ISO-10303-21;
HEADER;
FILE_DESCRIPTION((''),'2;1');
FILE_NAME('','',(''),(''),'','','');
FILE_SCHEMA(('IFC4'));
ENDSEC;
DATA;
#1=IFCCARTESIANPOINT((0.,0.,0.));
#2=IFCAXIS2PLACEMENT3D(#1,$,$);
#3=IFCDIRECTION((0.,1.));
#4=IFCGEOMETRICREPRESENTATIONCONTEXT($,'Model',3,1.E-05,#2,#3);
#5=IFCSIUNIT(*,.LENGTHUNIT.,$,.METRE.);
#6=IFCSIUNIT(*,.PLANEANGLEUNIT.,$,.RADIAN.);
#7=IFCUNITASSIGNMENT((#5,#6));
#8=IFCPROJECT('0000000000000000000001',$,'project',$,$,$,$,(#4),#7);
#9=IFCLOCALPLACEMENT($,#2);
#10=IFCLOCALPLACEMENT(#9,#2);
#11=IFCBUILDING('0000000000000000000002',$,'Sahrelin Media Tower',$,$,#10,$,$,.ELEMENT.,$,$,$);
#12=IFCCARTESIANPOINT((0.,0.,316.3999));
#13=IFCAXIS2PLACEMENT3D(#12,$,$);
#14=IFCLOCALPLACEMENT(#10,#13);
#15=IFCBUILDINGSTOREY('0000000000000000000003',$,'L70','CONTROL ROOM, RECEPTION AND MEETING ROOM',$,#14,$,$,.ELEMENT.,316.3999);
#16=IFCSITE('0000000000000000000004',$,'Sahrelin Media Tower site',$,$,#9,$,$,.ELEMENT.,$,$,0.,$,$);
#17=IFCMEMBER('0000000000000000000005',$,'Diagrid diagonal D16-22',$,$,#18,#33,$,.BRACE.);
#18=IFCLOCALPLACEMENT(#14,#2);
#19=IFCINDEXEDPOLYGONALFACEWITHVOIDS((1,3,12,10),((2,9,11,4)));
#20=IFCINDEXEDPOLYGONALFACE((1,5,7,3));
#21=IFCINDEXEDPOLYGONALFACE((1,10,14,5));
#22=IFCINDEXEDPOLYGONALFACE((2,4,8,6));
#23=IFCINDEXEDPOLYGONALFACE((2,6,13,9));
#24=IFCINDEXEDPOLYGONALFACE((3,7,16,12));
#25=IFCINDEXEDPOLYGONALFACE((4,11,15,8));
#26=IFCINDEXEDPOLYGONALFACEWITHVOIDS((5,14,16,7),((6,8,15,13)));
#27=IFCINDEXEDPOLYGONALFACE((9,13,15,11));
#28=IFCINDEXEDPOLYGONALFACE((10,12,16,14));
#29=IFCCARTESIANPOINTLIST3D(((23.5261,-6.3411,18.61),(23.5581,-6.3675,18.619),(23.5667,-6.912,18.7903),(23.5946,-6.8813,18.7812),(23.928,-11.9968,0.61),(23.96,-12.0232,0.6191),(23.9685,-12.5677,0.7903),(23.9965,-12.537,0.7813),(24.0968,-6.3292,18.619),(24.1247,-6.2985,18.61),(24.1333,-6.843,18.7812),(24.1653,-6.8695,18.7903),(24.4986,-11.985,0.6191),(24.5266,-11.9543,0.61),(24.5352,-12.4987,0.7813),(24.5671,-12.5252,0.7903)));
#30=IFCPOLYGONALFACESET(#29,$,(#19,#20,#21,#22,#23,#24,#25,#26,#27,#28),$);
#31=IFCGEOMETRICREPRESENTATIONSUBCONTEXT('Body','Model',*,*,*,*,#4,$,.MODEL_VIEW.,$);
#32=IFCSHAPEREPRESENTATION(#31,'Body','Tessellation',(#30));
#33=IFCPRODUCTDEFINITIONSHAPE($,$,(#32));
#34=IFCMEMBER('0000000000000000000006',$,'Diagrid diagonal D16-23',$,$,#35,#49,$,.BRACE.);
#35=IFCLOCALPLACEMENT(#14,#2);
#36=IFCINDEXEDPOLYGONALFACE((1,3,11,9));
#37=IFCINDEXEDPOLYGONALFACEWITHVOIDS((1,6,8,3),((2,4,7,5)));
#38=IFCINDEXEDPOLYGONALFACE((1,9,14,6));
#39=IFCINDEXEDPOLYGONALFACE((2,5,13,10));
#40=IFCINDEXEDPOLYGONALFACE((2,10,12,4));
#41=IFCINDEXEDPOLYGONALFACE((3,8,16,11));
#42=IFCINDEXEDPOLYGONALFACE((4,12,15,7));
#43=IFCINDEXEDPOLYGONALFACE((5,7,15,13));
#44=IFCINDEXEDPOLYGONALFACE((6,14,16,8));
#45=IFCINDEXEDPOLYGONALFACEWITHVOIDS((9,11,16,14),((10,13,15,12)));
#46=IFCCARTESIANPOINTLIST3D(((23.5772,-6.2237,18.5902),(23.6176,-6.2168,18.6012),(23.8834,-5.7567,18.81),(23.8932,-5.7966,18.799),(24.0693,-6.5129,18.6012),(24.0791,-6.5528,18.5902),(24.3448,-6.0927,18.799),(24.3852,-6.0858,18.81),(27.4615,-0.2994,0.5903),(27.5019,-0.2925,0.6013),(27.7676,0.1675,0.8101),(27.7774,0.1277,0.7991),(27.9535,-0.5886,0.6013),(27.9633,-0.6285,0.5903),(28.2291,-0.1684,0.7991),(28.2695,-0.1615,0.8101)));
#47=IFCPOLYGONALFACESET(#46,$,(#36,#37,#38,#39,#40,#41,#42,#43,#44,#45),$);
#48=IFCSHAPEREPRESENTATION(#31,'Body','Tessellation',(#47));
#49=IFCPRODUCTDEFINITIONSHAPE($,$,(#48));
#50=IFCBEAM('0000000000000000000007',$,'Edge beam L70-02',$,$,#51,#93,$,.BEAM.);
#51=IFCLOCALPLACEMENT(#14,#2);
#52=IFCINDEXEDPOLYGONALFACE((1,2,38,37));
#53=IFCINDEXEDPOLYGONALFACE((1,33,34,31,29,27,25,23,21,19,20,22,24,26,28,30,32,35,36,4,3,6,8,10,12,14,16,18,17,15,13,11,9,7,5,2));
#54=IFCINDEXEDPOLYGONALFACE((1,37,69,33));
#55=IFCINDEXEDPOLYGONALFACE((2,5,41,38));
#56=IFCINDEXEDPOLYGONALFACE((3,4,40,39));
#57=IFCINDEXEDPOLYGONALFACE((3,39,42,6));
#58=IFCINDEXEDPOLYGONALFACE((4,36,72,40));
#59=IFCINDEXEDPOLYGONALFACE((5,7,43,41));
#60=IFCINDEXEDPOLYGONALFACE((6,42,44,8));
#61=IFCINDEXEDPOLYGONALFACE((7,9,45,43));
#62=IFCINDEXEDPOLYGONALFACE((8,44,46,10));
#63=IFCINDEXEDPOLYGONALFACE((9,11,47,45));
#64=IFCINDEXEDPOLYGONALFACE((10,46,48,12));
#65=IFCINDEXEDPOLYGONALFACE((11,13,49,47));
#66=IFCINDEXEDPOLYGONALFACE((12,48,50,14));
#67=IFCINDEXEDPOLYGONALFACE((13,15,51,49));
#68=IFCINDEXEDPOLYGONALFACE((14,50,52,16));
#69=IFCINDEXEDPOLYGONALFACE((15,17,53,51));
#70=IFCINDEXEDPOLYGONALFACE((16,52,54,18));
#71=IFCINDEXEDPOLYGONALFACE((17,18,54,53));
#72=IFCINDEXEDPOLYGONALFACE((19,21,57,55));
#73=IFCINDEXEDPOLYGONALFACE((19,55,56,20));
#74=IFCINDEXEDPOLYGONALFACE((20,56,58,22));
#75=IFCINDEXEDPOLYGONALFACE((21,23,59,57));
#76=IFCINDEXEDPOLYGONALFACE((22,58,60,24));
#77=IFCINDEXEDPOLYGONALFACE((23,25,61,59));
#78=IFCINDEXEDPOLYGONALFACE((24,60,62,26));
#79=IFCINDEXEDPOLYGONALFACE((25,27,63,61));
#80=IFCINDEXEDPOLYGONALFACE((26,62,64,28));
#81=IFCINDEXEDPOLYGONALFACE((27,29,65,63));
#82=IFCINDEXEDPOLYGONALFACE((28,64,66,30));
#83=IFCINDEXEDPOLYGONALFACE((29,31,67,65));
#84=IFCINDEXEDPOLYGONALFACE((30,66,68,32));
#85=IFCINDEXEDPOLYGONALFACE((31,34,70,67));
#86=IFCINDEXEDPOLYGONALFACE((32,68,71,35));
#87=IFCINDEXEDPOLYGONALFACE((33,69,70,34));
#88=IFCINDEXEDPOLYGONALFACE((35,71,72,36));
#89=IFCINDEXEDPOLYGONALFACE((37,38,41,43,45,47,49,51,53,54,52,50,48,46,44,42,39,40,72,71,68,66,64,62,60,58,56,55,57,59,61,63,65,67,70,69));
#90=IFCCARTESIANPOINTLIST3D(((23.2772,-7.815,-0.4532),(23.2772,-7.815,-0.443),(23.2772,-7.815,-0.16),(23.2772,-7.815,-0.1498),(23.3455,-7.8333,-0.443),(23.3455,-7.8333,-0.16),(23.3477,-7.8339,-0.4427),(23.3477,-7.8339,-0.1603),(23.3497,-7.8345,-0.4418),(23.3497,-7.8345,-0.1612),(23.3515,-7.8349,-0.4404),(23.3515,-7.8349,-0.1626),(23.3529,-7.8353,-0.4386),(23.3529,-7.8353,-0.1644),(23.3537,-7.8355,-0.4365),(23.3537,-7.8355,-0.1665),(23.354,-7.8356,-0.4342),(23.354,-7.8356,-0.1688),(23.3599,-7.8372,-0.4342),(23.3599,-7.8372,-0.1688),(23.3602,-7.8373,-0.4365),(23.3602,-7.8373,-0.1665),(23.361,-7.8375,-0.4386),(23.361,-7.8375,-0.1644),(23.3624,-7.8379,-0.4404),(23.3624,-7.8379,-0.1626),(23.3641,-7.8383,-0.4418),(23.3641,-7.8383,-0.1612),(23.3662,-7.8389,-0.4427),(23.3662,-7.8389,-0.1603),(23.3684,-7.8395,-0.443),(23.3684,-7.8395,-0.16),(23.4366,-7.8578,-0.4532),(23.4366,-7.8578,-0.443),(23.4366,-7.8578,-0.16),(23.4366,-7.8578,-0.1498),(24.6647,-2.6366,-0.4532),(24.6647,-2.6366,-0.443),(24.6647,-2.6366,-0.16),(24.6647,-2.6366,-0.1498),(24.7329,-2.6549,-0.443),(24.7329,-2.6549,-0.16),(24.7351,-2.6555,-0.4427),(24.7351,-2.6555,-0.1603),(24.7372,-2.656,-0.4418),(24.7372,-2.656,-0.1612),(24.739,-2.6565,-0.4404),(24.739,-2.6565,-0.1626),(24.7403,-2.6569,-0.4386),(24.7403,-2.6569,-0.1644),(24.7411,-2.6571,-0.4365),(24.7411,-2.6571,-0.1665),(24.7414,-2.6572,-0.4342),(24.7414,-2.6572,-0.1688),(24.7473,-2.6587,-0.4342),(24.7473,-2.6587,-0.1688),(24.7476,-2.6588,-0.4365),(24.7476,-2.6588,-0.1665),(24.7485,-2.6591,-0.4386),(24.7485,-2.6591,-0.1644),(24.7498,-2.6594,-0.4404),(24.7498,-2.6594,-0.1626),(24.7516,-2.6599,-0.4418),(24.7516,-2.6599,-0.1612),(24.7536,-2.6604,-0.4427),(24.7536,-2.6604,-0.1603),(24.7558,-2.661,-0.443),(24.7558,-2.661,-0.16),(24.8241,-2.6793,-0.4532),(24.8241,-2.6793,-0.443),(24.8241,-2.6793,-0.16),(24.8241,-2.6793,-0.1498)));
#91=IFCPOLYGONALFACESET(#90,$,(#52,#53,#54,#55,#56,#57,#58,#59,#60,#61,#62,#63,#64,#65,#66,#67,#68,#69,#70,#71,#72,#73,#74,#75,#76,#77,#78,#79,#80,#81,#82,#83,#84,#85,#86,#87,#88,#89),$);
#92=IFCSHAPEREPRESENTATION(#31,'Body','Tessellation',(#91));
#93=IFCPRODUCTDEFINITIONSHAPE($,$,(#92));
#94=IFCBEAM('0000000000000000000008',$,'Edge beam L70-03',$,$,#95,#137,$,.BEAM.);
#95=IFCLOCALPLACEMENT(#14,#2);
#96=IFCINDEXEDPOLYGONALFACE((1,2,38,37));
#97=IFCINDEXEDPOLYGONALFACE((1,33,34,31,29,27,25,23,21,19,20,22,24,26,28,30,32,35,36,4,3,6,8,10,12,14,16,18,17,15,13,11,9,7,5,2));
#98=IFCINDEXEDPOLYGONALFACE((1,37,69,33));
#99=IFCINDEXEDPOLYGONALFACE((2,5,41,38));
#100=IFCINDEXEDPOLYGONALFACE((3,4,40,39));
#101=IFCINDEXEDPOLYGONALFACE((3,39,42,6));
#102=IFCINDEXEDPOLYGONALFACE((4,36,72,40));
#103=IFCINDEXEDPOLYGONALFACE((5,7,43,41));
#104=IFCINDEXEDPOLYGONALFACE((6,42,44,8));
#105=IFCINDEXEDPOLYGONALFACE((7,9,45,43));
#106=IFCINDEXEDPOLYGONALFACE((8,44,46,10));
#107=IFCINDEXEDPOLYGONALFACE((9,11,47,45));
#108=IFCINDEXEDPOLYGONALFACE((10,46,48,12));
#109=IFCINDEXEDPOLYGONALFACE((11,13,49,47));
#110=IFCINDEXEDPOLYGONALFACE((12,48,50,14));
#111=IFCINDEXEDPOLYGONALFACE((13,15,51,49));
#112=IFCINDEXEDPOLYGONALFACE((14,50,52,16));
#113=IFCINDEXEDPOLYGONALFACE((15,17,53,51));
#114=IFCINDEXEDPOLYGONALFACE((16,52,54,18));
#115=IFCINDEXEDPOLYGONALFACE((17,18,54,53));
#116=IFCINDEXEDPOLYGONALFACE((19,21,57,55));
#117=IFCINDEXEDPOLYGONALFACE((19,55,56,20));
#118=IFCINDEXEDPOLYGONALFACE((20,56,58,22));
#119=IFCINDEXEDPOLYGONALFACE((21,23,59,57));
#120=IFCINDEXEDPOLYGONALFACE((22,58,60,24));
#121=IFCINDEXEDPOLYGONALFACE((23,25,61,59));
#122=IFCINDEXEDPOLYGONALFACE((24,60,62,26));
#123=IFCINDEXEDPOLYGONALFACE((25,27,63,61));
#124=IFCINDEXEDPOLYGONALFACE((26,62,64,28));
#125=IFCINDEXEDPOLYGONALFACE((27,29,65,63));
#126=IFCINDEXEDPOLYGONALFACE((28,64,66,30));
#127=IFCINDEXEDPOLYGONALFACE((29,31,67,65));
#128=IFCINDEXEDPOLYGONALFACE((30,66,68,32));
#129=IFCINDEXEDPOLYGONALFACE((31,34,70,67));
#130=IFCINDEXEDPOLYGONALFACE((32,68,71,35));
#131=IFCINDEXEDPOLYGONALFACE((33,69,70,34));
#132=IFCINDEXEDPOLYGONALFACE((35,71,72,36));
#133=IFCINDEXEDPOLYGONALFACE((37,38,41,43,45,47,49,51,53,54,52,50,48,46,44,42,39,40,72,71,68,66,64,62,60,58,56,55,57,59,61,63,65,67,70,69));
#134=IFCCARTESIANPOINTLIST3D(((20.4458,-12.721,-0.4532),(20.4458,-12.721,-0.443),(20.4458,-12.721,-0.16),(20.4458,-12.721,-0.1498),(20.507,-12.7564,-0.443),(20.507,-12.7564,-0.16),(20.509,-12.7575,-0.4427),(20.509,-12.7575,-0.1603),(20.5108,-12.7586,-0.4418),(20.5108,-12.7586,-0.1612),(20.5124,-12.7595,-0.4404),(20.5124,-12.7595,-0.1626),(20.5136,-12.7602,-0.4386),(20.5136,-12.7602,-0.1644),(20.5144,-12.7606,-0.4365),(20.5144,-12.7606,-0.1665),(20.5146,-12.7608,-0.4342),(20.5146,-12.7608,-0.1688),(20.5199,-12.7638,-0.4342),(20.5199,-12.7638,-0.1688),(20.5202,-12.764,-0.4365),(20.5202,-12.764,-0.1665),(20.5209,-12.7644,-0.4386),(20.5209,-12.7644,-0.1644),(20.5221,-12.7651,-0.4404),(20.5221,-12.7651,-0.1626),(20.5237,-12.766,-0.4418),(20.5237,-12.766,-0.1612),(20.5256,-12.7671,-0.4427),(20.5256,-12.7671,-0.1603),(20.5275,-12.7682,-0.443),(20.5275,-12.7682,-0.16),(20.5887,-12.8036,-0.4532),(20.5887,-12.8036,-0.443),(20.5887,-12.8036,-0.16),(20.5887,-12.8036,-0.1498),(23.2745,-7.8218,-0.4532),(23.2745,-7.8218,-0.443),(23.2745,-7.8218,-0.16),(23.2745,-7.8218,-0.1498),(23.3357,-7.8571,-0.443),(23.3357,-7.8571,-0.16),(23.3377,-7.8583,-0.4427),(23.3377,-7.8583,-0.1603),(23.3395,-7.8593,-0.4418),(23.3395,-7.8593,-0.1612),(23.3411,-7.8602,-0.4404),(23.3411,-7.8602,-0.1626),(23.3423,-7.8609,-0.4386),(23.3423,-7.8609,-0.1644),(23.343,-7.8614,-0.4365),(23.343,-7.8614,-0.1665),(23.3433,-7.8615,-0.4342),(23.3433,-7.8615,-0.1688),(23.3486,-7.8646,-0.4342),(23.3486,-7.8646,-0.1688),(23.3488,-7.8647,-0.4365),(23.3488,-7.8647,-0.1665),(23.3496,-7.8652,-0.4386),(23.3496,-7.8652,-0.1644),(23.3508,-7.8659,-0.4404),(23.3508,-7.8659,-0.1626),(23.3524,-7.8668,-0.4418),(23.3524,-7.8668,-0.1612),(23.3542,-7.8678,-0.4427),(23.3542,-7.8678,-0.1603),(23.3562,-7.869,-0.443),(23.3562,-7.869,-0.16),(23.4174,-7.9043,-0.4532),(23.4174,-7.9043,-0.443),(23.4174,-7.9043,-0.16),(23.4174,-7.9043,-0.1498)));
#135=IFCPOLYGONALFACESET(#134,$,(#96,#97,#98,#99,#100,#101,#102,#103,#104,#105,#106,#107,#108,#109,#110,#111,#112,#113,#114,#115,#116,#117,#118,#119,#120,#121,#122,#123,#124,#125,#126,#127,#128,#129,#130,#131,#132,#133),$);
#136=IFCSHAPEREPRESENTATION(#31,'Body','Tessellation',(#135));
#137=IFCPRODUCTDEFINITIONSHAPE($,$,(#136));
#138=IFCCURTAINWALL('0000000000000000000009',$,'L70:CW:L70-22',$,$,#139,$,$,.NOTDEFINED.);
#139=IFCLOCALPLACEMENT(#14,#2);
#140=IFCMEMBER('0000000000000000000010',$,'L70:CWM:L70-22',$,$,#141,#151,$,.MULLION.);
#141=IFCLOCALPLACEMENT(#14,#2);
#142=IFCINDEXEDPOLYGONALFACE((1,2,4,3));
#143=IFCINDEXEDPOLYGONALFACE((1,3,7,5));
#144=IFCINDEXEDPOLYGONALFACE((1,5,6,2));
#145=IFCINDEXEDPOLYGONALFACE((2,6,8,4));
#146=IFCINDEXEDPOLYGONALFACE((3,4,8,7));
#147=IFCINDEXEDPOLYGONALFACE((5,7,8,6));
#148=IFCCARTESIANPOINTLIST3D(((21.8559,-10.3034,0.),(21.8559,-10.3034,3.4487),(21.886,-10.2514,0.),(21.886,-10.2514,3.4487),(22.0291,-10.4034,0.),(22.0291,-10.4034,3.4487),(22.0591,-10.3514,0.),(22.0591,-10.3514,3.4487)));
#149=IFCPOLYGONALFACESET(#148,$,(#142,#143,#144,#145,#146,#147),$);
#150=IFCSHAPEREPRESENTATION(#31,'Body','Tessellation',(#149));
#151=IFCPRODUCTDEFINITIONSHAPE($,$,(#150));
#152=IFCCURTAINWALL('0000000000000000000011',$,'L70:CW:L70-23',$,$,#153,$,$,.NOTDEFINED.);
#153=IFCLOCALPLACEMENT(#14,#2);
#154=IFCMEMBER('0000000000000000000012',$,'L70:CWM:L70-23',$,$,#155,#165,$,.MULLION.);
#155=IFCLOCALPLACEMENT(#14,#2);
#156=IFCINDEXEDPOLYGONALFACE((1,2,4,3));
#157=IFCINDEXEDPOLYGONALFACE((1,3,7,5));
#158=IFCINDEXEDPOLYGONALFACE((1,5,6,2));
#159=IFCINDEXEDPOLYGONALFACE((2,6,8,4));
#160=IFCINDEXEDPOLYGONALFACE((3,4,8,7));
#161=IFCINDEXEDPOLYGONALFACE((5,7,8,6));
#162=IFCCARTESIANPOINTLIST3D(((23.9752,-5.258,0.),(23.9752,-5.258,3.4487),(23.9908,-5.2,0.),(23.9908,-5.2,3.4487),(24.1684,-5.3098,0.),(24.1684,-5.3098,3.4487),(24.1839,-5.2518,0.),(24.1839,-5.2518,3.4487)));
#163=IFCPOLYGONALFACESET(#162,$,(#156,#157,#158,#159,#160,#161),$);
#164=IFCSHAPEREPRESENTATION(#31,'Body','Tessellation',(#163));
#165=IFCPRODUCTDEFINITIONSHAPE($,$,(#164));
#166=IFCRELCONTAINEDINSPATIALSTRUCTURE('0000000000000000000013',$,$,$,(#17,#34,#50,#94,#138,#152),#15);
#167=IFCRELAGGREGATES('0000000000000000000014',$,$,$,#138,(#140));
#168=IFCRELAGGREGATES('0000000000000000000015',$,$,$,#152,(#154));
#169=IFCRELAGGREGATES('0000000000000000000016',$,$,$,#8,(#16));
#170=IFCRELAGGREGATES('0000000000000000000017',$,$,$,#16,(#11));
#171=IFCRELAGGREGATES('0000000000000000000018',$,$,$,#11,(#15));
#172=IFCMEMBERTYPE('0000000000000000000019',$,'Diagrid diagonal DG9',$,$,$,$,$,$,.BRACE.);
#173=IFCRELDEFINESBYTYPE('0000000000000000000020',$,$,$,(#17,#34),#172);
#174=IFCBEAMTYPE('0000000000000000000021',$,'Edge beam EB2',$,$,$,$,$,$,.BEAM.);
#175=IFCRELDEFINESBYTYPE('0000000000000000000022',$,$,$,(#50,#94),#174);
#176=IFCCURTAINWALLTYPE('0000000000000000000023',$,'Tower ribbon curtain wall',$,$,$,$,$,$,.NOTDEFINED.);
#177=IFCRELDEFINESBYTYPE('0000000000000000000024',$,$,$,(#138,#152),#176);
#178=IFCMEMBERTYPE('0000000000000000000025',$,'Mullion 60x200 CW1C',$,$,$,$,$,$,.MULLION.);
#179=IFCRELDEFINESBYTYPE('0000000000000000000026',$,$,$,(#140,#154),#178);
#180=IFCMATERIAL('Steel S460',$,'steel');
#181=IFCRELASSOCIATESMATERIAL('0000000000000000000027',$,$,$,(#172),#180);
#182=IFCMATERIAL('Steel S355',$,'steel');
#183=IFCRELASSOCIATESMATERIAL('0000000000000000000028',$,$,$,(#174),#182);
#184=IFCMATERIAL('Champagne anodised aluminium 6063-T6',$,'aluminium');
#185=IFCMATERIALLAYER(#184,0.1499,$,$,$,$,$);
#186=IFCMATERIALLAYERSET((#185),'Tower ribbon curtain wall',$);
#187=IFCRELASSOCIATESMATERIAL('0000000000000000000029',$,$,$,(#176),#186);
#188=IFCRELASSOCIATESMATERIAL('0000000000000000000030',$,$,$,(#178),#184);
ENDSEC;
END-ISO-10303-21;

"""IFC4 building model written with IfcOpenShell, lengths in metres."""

from ifc_helpers import new_model, si_unit, direction, frame, origin, origin_2d, place, context, subcontext, project, spatial, rectangle, hollow_rectangle, i_section, extrude, material, layer, layer_set, material_profile, profile_set, type_object, element, aggregate, save


model = new_model("IFC4")

# Units and contexts
model_context = context("Model", 3, precision=1e-05, world=origin(), true_north=direction((0.0, 1.0)))
body_context = subcontext(model_context, "Body", "Model", "MODEL_VIEW")
ifc_project = project(units=[si_unit("LENGTHUNIT", "METRE"), si_unit("PLANEANGLEUNIT", "RADIAN")], contexts=[model_context])

# Site, building, storey
site_placement = place(None, origin())
site = spatial("IfcSite", under=ifc_project, at=site_placement, Name="Sahrelin Media Tower site", CompositionType="ELEMENT", RefElevation=0.0)
building_placement = place(site_placement, origin())
building = spatial("IfcBuilding", under=site, at=building_placement, Name="Sahrelin Media Tower", CompositionType="ELEMENT")
storey_placement = place(building_placement, frame((0.0, 0.0, 316.3999)))
storey = spatial("IfcBuildingStorey", under=building, at=storey_placement, Name="L70", Description="CONTROL ROOM, RECEPTION AND MEETING ROOM", CompositionType="ELEMENT", Elevation=316.3999)

# Members
ifc_material_1 = material(Name="Steel S460", Category="steel")
ifc_material_profile_1 = material_profile(ifc_material_1, hollow_rectangle(XDim=0.6001, YDim=0.6001, WallThickness=0.03, at=origin_2d()), Name="Diagrid diagonal DG9")
ifc_profile_set_1 = profile_set([ifc_material_profile_1], Name="Steel S460")
member_type_1 = type_object("IfcMemberType", Name="Diagrid diagonal DG9", PredefinedType="BRACE", material=ifc_profile_set_1)
member_1_placement = place(storey_placement, frame((24.2476, -12.261, 0.7002), z_axis=(-0.021294, 0.299692, 0.953798), x_axis=(-0.997485, -0.070874, 0.0)))
element("IfcMember", 1, at=member_1_placement, inside=storey, type_object=member_type_1, Name="Diagrid diagonal D16-22", PredefinedType="BRACE", context=body_context, shape_type="SweptSolid", body=[
    extrude(hollow_rectangle(XDim=0.6001, YDim=0.6001, WallThickness=0.03, at=origin_2d()), origin(), (0.0, 0.0, 1.0), 18.8718),
])
member_2_placement = place(storey_placement, frame((27.8655, -0.2305, 0.7002), z_axis=(-0.200802, -0.306263, 0.930528), x_axis=(0.836278, -0.548306, 0.0)))
element("IfcMember", 2, at=member_2_placement, inside=storey, type_object=member_type_1, Name="Diagrid diagonal D16-23", PredefinedType="BRACE", context=body_context, shape_type="SweptSolid", body=[
    extrude(hollow_rectangle(XDim=0.6001, YDim=0.6001, WallThickness=0.03, at=origin_2d()), origin(), (0.0, 0.0, 1.0), 19.3438),
])

# Beams
ifc_material_2 = material(Name="Steel S355", Category="steel")
ifc_material_profile_2 = material_profile(ifc_material_2, i_section(OverallWidth=0.165, OverallDepth=0.3035, WebThickness=0.0061, FlangeThickness=0.0103, FilletRadius=0.0088, at=origin_2d()), Name="UB 305x165x40")
ifc_profile_set_2 = profile_set([ifc_material_profile_2], Name="Steel S355")
beam_type_1 = type_object("IfcBeamType", Name="Edge beam EB2", PredefinedType="BEAM", material=ifc_profile_set_2)
beam_1_placement = place(storey_placement, frame((24.7444, -2.658, -0.3015), z_axis=(-0.258799, -0.965931, 0.0), x_axis=(0.965931, -0.258799, 0.0)))
element("IfcBeam", 3, at=beam_1_placement, inside=storey, type_object=beam_type_1, Name="Edge beam L70-02", PredefinedType="BEAM", context=body_context, shape_type="SweptSolid", body=[
    extrude(i_section(OverallWidth=0.165, OverallDepth=0.3035, WebThickness=0.0061, FlangeThickness=0.0103, FilletRadius=0.0088, at=origin_2d()), origin(), (0.0, 0.0, 1.0), 5.3611),
])
beam_2_placement = place(storey_placement, frame((23.3459, -7.863, -0.3015), z_axis=(-0.50001, -0.86602, 0.0), x_axis=(0.86602, -0.50001, 0.0)))
element("IfcBeam", 4, at=beam_2_placement, inside=storey, type_object=beam_type_1, Name="Edge beam L70-03", PredefinedType="BEAM", context=body_context, shape_type="SweptSolid", body=[
    extrude(i_section(OverallWidth=0.165, OverallDepth=0.3035, WebThickness=0.0061, FlangeThickness=0.0103, FilletRadius=0.0088, at=origin_2d()), origin(), (0.0, 0.0, 1.0), 5.6572),
])

# Curtain walls, members
ifc_material_3 = material(Name="Champagne anodised aluminium 6063-T6", Category="aluminium")
ifc_layer_1 = layer(ifc_material_3, 0.1499)
ifc_layer_set_1 = layer_set([ifc_layer_1], Name="Tower ribbon curtain wall")
curtain_wall_type = type_object("IfcCurtainWallType", Name="Tower ribbon curtain wall", PredefinedType="NOTDEFINED", material=ifc_layer_set_1)
curtain_wall_1_placement = place(storey_placement, frame((22.0615, -10.3875, 0.0), z_axis=(0.0, 0.0, 1.0), x_axis=(1.0, 0.0, 0.0)))
curtain_wall_1 = element("IfcCurtainWall", 5, at=curtain_wall_1_placement, inside=storey, type_object=curtain_wall_type, Name="L70:CW:L70-22", PredefinedType="NOTDEFINED")
ifc_material_profile_3 = material_profile(ifc_material_3, rectangle(XDim=0.0601, YDim=0.2, at=origin_2d()), Name="Mullion 60x200")
ifc_profile_set_3 = profile_set([ifc_material_profile_3], Name="Champagne anodised aluminium 6063-T6")
member_type_2 = type_object("IfcMemberType", Name="Mullion 60x200 CW1C", PredefinedType="MULLION", material=ifc_profile_set_3)
member_3_placement = place(storey_placement, frame((21.9575, -10.3274, 0.0), z_axis=(0.0, 0.0, 1.0), x_axis=(0.500002, 0.866025, 0.0)))
member_3 = element("IfcMember", 6, at=member_3_placement, type_object=member_type_2, Name="L70:CWM:L70-22", PredefinedType="MULLION", context=body_context, shape_type="SweptSolid", body=[
    extrude(rectangle(XDim=0.0601, YDim=0.2, at=origin_2d()), origin(), (0.0, 0.0, 1.0), 3.4487),
])
aggregate(curtain_wall_1, [member_3])
curtain_wall_2_placement = place(storey_placement, frame((24.1956, -5.2859, 0.0), z_axis=(0.0, 0.0, 1.0), x_axis=(1.0, 0.0, 0.0)))
curtain_wall_2 = element("IfcCurtainWall", 7, at=curtain_wall_2_placement, inside=storey, type_object=curtain_wall_type, Name="L70:CW:L70-23", PredefinedType="NOTDEFINED")
member_4_placement = place(storey_placement, frame((24.0796, -5.2549, 0.0), z_axis=(0.0, 0.0, 1.0), x_axis=(0.258821, 0.965925, 0.0)))
member_4 = element("IfcMember", 8, at=member_4_placement, type_object=member_type_2, Name="L70:CWM:L70-23", PredefinedType="MULLION", context=body_context, shape_type="SweptSolid", body=[
    extrude(rectangle(XDim=0.0601, YDim=0.2, at=origin_2d()), origin(), (0.0, 0.0, 1.0), 3.4487),
])

aggregate(curtain_wall_2, [member_4])

save(model, "model.ifc")
